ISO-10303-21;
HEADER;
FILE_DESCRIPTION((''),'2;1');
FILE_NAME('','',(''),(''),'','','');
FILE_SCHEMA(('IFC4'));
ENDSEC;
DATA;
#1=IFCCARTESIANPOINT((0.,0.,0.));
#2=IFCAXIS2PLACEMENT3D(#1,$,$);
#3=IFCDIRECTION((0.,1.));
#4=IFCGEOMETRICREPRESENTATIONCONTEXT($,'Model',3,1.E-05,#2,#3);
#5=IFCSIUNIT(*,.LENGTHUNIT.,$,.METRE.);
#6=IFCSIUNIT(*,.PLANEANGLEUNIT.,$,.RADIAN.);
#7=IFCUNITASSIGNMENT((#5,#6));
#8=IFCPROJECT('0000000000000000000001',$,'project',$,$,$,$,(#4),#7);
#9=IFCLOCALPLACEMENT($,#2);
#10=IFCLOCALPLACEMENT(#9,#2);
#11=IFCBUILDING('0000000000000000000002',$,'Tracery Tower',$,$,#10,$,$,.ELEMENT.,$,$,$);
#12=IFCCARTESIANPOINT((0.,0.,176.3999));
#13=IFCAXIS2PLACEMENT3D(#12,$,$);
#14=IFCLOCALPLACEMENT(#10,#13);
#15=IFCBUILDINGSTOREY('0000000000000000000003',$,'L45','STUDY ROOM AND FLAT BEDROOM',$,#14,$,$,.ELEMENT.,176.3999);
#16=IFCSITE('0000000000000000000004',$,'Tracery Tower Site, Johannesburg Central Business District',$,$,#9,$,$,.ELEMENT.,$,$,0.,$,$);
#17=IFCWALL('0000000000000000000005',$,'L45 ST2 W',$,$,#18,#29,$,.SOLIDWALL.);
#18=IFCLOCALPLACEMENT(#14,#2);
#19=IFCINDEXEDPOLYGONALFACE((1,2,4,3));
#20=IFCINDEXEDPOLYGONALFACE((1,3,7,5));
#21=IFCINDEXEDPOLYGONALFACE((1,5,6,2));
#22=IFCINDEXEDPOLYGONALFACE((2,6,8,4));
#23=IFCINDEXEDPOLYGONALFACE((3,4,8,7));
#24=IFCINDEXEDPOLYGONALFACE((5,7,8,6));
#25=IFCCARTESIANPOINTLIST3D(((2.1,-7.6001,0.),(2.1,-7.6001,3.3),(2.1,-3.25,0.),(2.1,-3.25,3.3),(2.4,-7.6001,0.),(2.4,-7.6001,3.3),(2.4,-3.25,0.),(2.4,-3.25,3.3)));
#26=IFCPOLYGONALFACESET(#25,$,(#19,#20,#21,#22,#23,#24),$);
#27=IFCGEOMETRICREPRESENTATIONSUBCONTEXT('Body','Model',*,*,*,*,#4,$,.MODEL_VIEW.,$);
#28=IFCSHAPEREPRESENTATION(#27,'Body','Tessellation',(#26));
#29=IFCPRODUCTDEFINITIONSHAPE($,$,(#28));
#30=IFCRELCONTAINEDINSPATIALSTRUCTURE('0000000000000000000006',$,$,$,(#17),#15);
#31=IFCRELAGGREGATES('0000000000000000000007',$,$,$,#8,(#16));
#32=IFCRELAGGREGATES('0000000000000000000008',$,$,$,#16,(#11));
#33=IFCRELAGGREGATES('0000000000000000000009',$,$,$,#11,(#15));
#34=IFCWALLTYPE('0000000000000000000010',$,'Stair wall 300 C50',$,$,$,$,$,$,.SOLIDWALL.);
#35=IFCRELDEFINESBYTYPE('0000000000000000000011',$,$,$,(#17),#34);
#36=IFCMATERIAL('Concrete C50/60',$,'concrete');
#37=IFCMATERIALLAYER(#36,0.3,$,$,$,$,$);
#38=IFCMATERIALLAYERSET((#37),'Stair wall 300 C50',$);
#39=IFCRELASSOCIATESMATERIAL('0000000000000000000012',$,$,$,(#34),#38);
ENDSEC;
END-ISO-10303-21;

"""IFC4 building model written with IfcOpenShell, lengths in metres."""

from ifc_helpers import new_model, si_unit, direction, frame, frame_2d, origin, place, context, subcontext, project, spatial, rectangle, extrude, material, layer, layer_set, type_object, element, save


model = new_model("IFC4")

# Units and contexts
model_context = context("Model", 3, precision=1e-05, world=origin(), true_north=direction((0.0, 1.0)))
body_context = subcontext(model_context, "Body", "Model", "MODEL_VIEW")
ifc_project = project(units=[si_unit("LENGTHUNIT", "METRE"), si_unit("PLANEANGLEUNIT", "RADIAN")], contexts=[model_context])

# Site, building, storey
site_placement = place(None, origin())
site = spatial("IfcSite", under=ifc_project, at=site_placement, Name="Tracery Tower Site, Johannesburg Central Business District", CompositionType="ELEMENT", RefElevation=0.0)
building_placement = place(site_placement, origin())
building = spatial("IfcBuilding", under=site, at=building_placement, Name="Tracery Tower", CompositionType="ELEMENT")
storey_placement = place(building_placement, frame((0.0, 0.0, 176.3999)))
storey = spatial("IfcBuildingStorey", under=building, at=storey_placement, Name="L45", Description="STUDY ROOM AND FLAT BEDROOM", CompositionType="ELEMENT", Elevation=176.3999)

# Wall
ifc_material_1 = material(Name="Concrete C50/60", Category="concrete")
ifc_layer_1 = layer(ifc_material_1, 0.3)
ifc_layer_set_1 = layer_set([ifc_layer_1], Name="Stair wall 300 C50")
wall_type_1 = type_object("IfcWallType", Name="Stair wall 300 C50", PredefinedType="SOLIDWALL", material=ifc_layer_set_1)
wall_1_placement = place(storey_placement, frame((2.25, -7.6001, 0.0), z_axis=(0.0, 0.0, 1.0), x_axis=(0.0, 1.0, 0.0)))
element("IfcWall", 1, at=wall_1_placement, inside=storey, type_object=wall_type_1, Name="L45 ST2 W", PredefinedType="SOLIDWALL", context=body_context, shape_type="SweptSolid", body=[
    extrude(rectangle(XDim=4.3501, YDim=0.3, at=frame_2d((2.175, 0.0))), origin(), (0.0, 0.0, 1.0), 3.3),
])

save(model, "model.ifc")
